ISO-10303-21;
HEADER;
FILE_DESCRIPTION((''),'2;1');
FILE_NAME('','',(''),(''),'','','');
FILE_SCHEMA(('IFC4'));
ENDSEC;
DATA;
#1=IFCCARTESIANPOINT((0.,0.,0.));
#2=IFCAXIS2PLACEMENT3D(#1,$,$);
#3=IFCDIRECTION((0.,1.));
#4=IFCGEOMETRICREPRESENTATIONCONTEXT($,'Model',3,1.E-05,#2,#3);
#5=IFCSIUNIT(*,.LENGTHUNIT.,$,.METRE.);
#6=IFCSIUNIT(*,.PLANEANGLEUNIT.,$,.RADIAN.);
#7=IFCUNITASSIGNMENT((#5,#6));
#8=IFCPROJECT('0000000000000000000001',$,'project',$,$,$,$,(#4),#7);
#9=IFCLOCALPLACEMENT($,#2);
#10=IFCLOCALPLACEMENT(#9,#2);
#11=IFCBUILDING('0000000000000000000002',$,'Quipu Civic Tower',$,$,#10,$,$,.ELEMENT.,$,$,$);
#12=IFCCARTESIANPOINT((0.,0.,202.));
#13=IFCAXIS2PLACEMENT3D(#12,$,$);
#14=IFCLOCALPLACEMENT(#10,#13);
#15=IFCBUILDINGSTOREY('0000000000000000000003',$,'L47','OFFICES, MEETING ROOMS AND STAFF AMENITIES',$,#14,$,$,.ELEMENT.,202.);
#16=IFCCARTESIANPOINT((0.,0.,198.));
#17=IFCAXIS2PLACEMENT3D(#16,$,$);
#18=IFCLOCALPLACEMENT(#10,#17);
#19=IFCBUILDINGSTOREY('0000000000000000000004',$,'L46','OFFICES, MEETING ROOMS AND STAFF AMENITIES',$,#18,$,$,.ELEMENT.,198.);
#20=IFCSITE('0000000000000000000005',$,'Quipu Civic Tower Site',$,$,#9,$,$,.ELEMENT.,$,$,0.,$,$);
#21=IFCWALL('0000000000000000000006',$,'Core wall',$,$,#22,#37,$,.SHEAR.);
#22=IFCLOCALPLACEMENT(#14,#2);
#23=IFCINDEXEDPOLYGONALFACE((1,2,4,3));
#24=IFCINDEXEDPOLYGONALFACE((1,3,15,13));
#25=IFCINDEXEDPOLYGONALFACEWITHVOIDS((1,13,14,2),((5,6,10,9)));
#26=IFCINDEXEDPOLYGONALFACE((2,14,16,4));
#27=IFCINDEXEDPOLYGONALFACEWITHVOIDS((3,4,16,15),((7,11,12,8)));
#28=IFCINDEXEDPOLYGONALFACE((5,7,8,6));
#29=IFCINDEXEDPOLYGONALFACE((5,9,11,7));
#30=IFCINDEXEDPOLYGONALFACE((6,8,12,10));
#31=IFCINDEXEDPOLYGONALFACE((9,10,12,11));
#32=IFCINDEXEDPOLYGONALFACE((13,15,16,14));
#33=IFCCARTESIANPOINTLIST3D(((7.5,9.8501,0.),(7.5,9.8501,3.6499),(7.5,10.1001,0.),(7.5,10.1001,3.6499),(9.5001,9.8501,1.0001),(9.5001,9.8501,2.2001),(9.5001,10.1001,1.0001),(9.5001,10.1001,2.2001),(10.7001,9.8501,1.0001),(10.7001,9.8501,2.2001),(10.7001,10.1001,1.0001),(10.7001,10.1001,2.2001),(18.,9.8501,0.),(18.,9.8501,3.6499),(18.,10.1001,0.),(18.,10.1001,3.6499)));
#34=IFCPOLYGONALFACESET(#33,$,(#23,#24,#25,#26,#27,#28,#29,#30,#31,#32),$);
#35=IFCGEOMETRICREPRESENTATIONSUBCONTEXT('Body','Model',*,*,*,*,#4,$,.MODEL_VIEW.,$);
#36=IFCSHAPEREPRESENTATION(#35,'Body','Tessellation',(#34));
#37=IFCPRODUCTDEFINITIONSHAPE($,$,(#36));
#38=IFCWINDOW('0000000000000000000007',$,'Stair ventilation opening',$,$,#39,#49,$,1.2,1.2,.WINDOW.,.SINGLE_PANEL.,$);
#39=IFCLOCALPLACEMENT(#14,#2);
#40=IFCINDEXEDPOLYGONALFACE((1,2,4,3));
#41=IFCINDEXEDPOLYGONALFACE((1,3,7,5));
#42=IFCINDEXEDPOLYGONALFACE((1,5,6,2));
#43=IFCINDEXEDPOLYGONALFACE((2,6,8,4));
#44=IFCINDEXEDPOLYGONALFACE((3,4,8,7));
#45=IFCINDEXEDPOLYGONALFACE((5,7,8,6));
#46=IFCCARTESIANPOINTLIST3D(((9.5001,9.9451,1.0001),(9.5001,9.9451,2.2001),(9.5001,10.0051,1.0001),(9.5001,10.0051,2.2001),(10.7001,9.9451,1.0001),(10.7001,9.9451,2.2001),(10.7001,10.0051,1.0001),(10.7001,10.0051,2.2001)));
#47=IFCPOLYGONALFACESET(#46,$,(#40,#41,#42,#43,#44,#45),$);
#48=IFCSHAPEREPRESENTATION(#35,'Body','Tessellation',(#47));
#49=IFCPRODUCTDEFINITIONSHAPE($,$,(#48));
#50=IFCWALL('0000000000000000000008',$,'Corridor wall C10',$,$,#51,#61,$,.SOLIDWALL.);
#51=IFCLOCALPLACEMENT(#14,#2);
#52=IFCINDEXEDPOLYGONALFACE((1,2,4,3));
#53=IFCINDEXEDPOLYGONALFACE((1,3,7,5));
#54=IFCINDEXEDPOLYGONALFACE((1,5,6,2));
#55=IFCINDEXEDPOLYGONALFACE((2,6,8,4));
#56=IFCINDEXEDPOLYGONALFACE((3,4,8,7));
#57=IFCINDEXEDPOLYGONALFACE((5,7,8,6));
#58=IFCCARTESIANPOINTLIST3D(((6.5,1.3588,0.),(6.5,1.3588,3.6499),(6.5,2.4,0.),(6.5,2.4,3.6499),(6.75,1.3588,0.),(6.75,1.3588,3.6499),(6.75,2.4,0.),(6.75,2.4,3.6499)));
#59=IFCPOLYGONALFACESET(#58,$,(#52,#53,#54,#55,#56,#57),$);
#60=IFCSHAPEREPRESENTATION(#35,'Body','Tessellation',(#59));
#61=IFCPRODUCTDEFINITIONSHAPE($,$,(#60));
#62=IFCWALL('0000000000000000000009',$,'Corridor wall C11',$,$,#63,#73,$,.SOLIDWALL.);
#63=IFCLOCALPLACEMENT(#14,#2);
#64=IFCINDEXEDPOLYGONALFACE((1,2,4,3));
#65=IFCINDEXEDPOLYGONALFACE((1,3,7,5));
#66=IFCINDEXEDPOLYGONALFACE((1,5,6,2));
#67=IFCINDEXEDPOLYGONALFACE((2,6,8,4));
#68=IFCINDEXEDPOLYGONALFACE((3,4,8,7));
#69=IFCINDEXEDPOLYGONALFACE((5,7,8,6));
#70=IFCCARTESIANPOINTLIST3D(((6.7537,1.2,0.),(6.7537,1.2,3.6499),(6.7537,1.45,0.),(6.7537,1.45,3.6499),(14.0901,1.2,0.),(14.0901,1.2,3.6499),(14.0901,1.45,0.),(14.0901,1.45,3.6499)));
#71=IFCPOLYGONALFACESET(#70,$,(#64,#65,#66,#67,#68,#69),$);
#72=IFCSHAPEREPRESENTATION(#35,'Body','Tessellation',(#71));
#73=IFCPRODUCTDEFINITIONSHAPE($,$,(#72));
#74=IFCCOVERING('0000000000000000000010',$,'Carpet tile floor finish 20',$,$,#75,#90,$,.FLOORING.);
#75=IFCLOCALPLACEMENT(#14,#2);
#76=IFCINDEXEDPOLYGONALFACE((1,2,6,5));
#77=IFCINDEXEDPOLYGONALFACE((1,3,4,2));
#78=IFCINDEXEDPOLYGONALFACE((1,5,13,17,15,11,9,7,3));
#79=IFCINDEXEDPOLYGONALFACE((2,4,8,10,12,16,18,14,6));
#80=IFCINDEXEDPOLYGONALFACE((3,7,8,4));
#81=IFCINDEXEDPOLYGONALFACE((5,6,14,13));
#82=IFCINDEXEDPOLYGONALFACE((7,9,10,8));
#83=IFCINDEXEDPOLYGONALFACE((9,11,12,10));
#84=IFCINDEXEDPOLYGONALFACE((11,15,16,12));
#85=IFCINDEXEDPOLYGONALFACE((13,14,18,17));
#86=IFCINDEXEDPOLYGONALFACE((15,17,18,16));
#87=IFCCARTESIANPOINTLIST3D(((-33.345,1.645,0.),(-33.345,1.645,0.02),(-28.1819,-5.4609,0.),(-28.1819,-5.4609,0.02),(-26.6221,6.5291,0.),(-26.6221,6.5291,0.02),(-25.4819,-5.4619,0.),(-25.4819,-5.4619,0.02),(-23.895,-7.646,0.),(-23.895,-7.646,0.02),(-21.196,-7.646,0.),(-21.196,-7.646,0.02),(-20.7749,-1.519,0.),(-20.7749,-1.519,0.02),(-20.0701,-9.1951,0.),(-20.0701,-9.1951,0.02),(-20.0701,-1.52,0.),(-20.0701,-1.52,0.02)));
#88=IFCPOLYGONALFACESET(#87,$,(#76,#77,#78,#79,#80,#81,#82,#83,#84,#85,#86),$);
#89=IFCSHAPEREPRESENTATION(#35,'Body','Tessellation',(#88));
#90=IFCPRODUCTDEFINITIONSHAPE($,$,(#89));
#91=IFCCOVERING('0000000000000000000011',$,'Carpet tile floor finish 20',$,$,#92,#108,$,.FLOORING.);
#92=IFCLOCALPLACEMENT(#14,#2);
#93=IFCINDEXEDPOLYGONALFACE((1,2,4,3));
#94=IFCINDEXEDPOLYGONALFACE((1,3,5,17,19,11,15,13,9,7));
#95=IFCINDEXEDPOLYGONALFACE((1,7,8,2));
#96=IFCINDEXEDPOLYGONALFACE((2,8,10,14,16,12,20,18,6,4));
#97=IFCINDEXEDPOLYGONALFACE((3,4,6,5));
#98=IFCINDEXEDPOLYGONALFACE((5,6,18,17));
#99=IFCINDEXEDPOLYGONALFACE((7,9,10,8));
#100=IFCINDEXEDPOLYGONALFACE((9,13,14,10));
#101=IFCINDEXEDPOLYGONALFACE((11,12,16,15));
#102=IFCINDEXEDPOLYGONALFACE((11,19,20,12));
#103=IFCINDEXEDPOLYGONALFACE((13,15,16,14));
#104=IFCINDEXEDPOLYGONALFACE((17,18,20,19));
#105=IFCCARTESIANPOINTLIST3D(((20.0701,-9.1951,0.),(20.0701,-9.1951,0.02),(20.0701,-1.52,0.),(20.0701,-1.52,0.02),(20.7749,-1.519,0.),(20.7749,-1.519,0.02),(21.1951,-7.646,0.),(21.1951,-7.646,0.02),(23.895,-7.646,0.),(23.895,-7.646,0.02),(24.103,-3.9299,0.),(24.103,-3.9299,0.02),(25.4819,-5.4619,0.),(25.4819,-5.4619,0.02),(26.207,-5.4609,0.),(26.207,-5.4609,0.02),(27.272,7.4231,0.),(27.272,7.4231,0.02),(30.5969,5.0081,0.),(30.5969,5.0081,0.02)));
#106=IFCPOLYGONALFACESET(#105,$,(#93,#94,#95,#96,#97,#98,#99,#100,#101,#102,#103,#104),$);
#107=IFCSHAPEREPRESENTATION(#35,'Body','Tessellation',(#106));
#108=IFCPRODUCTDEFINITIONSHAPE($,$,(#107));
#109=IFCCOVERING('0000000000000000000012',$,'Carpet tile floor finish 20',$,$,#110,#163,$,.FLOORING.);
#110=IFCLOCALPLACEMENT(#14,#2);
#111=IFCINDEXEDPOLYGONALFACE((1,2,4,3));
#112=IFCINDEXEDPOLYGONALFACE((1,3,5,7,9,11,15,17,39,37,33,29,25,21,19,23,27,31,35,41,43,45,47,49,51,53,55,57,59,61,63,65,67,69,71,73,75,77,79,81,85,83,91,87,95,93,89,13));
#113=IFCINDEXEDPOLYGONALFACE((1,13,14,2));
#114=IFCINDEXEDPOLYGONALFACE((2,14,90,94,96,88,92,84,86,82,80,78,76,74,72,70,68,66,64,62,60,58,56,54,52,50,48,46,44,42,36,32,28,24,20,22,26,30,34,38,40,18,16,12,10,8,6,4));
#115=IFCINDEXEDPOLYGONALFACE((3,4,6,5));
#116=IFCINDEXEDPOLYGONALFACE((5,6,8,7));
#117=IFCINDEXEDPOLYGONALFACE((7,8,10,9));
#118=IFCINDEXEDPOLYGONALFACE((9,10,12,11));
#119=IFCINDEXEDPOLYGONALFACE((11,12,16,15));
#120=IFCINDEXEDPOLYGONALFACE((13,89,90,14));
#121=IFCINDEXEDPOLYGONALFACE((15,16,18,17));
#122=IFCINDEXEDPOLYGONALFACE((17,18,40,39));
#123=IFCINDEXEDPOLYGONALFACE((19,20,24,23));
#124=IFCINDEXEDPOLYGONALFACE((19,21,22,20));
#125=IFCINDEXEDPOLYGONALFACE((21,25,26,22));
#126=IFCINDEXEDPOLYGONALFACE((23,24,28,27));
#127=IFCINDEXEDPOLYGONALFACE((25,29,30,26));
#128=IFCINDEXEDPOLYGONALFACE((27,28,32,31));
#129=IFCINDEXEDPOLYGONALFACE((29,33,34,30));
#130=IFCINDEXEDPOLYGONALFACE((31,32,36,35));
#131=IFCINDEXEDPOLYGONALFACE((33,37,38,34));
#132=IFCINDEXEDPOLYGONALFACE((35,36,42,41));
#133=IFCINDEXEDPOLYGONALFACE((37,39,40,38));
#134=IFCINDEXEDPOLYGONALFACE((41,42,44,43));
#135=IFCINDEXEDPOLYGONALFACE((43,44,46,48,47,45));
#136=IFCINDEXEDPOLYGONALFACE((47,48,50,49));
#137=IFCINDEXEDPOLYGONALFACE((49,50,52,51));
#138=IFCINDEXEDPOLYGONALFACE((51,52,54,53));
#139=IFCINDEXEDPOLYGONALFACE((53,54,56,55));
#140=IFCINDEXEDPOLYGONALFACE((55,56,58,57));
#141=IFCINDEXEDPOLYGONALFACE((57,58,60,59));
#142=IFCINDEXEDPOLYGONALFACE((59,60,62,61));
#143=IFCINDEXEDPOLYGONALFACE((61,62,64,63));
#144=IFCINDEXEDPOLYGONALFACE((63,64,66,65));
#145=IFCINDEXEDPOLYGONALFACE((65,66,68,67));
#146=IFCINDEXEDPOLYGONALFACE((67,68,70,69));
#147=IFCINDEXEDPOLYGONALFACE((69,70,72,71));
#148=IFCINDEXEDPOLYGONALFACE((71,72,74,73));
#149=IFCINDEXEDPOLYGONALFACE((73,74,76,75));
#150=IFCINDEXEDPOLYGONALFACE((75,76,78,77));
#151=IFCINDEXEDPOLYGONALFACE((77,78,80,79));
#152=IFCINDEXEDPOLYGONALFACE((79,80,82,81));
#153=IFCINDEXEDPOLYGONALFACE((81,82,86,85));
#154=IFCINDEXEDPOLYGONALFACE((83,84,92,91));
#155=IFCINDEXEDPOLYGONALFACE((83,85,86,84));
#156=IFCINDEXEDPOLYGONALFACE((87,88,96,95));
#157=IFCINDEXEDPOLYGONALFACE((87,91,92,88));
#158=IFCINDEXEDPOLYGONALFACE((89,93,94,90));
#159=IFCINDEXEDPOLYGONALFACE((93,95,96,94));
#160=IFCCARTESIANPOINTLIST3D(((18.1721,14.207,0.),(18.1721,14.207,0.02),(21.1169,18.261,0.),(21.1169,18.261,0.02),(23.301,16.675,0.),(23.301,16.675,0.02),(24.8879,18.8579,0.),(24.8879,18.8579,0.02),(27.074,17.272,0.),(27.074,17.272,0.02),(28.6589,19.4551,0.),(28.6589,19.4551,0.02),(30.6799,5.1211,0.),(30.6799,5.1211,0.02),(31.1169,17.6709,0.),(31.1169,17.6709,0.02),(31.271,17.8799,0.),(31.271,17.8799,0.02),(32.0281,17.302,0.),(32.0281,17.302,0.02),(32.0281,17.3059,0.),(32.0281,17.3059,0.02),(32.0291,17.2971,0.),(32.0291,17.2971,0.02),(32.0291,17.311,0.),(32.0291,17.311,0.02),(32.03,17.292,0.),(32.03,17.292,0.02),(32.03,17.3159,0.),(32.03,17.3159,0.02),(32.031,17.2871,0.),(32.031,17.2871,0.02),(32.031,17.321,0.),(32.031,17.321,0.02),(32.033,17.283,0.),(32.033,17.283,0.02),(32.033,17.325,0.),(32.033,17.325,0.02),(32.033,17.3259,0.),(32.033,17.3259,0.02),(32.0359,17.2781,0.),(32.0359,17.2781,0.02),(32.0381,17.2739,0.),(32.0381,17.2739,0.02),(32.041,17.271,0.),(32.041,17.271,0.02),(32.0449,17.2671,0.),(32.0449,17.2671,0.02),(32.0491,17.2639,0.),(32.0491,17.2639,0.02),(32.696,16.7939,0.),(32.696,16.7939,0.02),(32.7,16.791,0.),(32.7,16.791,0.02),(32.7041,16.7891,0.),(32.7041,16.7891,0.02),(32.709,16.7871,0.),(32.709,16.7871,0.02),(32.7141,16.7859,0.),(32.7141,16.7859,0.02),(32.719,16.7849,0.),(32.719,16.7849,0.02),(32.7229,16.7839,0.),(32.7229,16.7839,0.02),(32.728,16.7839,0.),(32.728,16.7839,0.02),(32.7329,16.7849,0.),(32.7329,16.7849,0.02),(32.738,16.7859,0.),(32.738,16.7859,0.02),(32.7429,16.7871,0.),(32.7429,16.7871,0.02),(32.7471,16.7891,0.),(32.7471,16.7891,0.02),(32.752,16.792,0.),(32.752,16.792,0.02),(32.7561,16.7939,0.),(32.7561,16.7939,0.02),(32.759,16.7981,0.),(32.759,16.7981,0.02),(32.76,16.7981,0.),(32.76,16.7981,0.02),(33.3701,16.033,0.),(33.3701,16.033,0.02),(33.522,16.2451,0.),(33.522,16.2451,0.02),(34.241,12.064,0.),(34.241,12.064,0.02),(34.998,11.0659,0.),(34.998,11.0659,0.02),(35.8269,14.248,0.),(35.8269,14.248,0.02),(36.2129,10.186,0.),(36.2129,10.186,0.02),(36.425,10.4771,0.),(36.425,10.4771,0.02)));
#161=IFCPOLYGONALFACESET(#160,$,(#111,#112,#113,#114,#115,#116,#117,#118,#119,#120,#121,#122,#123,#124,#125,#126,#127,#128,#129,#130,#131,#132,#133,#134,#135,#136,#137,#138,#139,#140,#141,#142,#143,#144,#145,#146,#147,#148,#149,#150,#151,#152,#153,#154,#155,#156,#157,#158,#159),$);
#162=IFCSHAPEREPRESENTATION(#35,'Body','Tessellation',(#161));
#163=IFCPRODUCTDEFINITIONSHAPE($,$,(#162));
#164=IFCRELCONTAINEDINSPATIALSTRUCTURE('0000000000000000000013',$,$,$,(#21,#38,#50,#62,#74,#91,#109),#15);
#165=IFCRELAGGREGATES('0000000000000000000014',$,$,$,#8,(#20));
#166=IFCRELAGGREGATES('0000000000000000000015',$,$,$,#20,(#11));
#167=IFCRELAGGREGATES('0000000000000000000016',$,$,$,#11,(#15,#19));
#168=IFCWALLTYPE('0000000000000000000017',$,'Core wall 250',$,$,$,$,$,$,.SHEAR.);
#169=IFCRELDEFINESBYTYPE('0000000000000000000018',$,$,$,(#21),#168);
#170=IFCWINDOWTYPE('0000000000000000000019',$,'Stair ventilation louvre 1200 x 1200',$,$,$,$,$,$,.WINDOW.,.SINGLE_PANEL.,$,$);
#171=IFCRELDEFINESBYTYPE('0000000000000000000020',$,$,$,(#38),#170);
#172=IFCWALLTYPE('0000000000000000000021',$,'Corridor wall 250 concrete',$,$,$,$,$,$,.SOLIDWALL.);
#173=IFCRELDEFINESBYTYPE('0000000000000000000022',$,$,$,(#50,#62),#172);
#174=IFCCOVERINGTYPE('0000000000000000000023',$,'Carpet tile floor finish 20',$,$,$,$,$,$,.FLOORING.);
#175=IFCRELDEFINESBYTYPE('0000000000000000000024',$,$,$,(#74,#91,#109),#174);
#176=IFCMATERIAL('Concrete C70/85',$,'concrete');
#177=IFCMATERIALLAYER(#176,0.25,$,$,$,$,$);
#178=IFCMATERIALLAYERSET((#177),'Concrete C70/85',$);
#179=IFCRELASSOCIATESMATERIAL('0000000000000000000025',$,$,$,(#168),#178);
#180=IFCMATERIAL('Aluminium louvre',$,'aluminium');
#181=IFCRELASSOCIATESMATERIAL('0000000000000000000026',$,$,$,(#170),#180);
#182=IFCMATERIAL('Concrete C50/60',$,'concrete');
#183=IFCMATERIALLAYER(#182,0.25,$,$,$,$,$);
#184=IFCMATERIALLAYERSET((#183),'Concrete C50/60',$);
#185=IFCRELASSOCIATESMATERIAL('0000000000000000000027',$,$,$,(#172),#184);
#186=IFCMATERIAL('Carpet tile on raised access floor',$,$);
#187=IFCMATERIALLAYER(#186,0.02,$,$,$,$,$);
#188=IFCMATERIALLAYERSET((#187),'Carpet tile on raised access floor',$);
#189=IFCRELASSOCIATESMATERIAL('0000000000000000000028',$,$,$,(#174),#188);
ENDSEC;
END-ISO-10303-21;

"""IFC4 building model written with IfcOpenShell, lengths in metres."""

from ifc_helpers import new_model, si_unit, direction, frame, frame_2d, origin, place, context, subcontext, project, spatial, polyline, rectangle, outline, extrude, material, layer, layer_set, type_object, element, fill, save


model = new_model("IFC4")

# Units and contexts
model_context = context("Model", 3, precision=1e-05, world=origin(), true_north=direction((0.0, 1.0)))
body_context = subcontext(model_context, "Body", "Model", "MODEL_VIEW")
ifc_project = project(units=[si_unit("LENGTHUNIT", "METRE"), si_unit("PLANEANGLEUNIT", "RADIAN")], contexts=[model_context])

# Site, building, storey
site_placement = place(None, origin())
site = spatial("IfcSite", under=ifc_project, at=site_placement, Name="Quipu Civic Tower Site", CompositionType="ELEMENT", RefElevation=0.0)
building_placement = place(site_placement, origin())
building = spatial("IfcBuilding", under=site, at=building_placement, Name="Quipu Civic Tower", CompositionType="ELEMENT")
storey_1_placement = place(building_placement, frame((0.0, 0.0, 202.0)))
storey_1 = spatial("IfcBuildingStorey", under=building, at=storey_1_placement, Name="L47", Description="OFFICES, MEETING ROOMS AND STAFF AMENITIES", CompositionType="ELEMENT", Elevation=202.0)

# Shared definitions
storey_2_placement = place(building_placement, frame((0.0, 0.0, 198.0)))
storey_2 = spatial("IfcBuildingStorey", under=building, at=storey_2_placement, Name="L46", Description="OFFICES, MEETING ROOMS AND STAFF AMENITIES", CompositionType="ELEMENT", Elevation=198.0)

# Shared definitions
ifc_material_1 = material(Name="Concrete C70/85", Category="concrete")
ifc_layer_1 = layer(ifc_material_1, 0.25)
ifc_layer_set_1 = layer_set([ifc_layer_1], Name="Concrete C70/85")
wall_type_1 = type_object("IfcWallType", Name="Core wall 250", PredefinedType="SHEAR", material=ifc_layer_set_1)

# Wall, opening, window
wall_1_placement = place(storey_1_placement, frame((7.5, 9.9751, 0.0), z_axis=(0.0, 0.0, 1.0), x_axis=(1.0, 0.0, 0.0)))
wall_1 = element("IfcWall", 1, at=wall_1_placement, inside=storey_1, type_object=wall_type_1, Name="Core wall", PredefinedType="SHEAR", context=body_context, shape_type="SweptSolid", body=[
    extrude(rectangle(XDim=10.5, YDim=0.25, at=frame_2d((5.25, 0.0))), origin(), (0.0, 0.0, 1.0), 3.6499),
])
opening_1_placement = place(wall_1_placement, frame((2.0, 0.0, 1.0)))
opening_1 = element("IfcOpeningElement", 2, at=opening_1_placement, cuts=wall_1, PredefinedType="OPENING", context=body_context, shape_type="SweptSolid", body=[
    extrude(rectangle(XDim=1.2, YDim=1.2, at=frame_2d((0.6001, 0.6001))), frame((0.0, 0.135, 0.0), z_axis=(0.0, -1.0, 0.0), x_axis=(1.0, 0.0, 0.0)), (0.0, 0.0, 1.0), 0.27),
])
ifc_material_2 = material(Name="Aluminium louvre", Category="aluminium")
window_type = type_object("IfcWindowType", Name="Stair ventilation louvre 1200 x 1200", PartitioningType="SINGLE_PANEL", PredefinedType="WINDOW", material=ifc_material_2)
window_placement = place(opening_1_placement, origin())
window = element("IfcWindow", 3, at=window_placement, inside=storey_1, type_object=window_type, Name="Stair ventilation opening", OverallHeight=1.2, OverallWidth=1.2, PartitioningType="SINGLE_PANEL", PredefinedType="WINDOW", context=body_context, shape_type="SweptSolid", body=[
    extrude(rectangle(XDim=1.2, YDim=1.2, at=frame_2d((0.6001, 0.6001))), frame((0.0, 0.03, 0.0), z_axis=(0.0, -1.0, 0.0), x_axis=(1.0, 0.0, 0.0)), (0.0, 0.0, 1.0), 0.0601),
])
fill(opening_1, window)

# Walls
ifc_material_3 = material(Name="Concrete C50/60", Category="concrete")
ifc_layer_2 = layer(ifc_material_3, 0.25)
ifc_layer_set_2 = layer_set([ifc_layer_2], Name="Concrete C50/60")
wall_type_2 = type_object("IfcWallType", Name="Corridor wall 250 concrete", PredefinedType="SOLIDWALL", material=ifc_layer_set_2)
wall_2_placement = place(storey_1_placement, frame((6.625, 2.3999, 0.0), z_axis=(0.0, 0.0, 1.0), x_axis=(0.0, -1.0, 0.0)))
element("IfcWall", 4, at=wall_2_placement, inside=storey_1, type_object=wall_type_2, Name="Corridor wall C10", PredefinedType="SOLIDWALL", context=body_context, shape_type="SweptSolid", body=[
    extrude(rectangle(XDim=1.0413, YDim=0.25, at=frame_2d((0.5205, 0.0))), origin(), (0.0, 0.0, 1.0), 3.6499),
])
wall_3_placement = place(storey_1_placement, frame((6.7537, 1.325, 0.0), z_axis=(0.0, 0.0, 1.0), x_axis=(1.0, 0.0, 0.0)))
element("IfcWall", 5, at=wall_3_placement, inside=storey_1, type_object=wall_type_2, Name="Corridor wall C11", PredefinedType="SOLIDWALL", context=body_context, shape_type="SweptSolid", body=[
    extrude(rectangle(XDim=7.3364, YDim=0.25, at=frame_2d((3.6682, 0.0))), origin(), (0.0, 0.0, 1.0), 3.6499),
])

# Coverings
ifc_material_4 = material(Name="Carpet tile on raised access floor")
ifc_layer_3 = layer(ifc_material_4, 0.02)
ifc_layer_set_3 = layer_set([ifc_layer_3], Name="Carpet tile on raised access floor")
covering_type_1 = type_object("IfcCoveringType", Name="Carpet tile floor finish 20", PredefinedType="FLOORING", material=ifc_layer_set_3)
covering_1_placement = place(storey_1_placement, origin())
element("IfcCovering", 6, at=covering_1_placement, inside=storey_1, type_object=covering_type_1, Name="Carpet tile floor finish 20", PredefinedType="FLOORING", context=body_context, shape_type="SweptSolid", body=[
    extrude(outline(polyline([(-33.345, 1.645), (-26.6221, 6.5291), (-20.7749, -1.519), (-20.0701, -1.52), (-20.0701, -9.1951), (-21.196, -7.646), (-23.895, -7.646), (-25.4819, -5.4619), (-28.1819, -5.4609), (-33.345, 1.645)])), origin(), (0.0, 0.0, 1.0), 0.02),
])
covering_2_placement = place(storey_1_placement, origin())
element("IfcCovering", 7, at=covering_2_placement, inside=storey_1, type_object=covering_type_1, Name="Carpet tile floor finish 20", PredefinedType="FLOORING", context=body_context, shape_type="SweptSolid", body=[
    extrude(outline(polyline([(20.0701, -9.1951), (20.0701, -1.52), (20.7749, -1.519), (27.272, 7.4231), (30.5969, 5.0081), (24.103, -3.9299), (26.207, -5.4609), (25.4819, -5.4619), (23.895, -7.646), (21.1951, -7.646), (20.0701, -9.1951)])), origin(), (0.0, 0.0, 1.0), 0.02),
])
covering_3_placement = place(storey_1_placement, origin())
element("IfcCovering", 8, at=covering_3_placement, inside=storey_1, type_object=covering_type_1, Name="Carpet tile floor finish 20", PredefinedType="FLOORING", context=body_context, shape_type="SweptSolid", body=[
    extrude(outline(polyline([(18.1721, 14.207), (21.1169, 18.261), (23.301, 16.675), (24.8879, 18.8579), (27.074, 17.272), (28.6589, 19.4551), (31.1169, 17.6709), (31.271, 17.8799), (32.033, 17.3259), (32.033, 17.325), (32.031, 17.321), (32.03, 17.3159), (32.0291, 17.311), (32.0281, 17.3059), (32.0281, 17.302), (32.0291, 17.2971), (32.03, 17.292), (32.031, 17.2871), (32.033, 17.283), (32.0359, 17.2781), (32.0381, 17.2739), (32.041, 17.271), (32.0449, 17.2671), (32.0491, 17.2639), (32.696, 16.7939), (32.7, 16.791), (32.7041, 16.7891), (32.709, 16.7871), (32.7141, 16.7859), (32.719, 16.7849), (32.7229, 16.7839), (32.728, 16.7839), (32.7329, 16.7849), (32.738, 16.7859), (32.7429, 16.7871), (32.7471, 16.7891), (32.752, 16.792), (32.7561, 16.7939), (32.759, 16.7981), (32.76, 16.7981), (33.522, 16.2451), (33.3701, 16.033), (35.8269, 14.248), (34.241, 12.064), (36.425, 10.4771), (36.2129, 10.186), (34.998, 11.0659), (30.6799, 5.1211), (18.1721, 14.207)])), origin(), (0.0, 0.0, 1.0), 0.02),
])

save(model, "model.ifc")
